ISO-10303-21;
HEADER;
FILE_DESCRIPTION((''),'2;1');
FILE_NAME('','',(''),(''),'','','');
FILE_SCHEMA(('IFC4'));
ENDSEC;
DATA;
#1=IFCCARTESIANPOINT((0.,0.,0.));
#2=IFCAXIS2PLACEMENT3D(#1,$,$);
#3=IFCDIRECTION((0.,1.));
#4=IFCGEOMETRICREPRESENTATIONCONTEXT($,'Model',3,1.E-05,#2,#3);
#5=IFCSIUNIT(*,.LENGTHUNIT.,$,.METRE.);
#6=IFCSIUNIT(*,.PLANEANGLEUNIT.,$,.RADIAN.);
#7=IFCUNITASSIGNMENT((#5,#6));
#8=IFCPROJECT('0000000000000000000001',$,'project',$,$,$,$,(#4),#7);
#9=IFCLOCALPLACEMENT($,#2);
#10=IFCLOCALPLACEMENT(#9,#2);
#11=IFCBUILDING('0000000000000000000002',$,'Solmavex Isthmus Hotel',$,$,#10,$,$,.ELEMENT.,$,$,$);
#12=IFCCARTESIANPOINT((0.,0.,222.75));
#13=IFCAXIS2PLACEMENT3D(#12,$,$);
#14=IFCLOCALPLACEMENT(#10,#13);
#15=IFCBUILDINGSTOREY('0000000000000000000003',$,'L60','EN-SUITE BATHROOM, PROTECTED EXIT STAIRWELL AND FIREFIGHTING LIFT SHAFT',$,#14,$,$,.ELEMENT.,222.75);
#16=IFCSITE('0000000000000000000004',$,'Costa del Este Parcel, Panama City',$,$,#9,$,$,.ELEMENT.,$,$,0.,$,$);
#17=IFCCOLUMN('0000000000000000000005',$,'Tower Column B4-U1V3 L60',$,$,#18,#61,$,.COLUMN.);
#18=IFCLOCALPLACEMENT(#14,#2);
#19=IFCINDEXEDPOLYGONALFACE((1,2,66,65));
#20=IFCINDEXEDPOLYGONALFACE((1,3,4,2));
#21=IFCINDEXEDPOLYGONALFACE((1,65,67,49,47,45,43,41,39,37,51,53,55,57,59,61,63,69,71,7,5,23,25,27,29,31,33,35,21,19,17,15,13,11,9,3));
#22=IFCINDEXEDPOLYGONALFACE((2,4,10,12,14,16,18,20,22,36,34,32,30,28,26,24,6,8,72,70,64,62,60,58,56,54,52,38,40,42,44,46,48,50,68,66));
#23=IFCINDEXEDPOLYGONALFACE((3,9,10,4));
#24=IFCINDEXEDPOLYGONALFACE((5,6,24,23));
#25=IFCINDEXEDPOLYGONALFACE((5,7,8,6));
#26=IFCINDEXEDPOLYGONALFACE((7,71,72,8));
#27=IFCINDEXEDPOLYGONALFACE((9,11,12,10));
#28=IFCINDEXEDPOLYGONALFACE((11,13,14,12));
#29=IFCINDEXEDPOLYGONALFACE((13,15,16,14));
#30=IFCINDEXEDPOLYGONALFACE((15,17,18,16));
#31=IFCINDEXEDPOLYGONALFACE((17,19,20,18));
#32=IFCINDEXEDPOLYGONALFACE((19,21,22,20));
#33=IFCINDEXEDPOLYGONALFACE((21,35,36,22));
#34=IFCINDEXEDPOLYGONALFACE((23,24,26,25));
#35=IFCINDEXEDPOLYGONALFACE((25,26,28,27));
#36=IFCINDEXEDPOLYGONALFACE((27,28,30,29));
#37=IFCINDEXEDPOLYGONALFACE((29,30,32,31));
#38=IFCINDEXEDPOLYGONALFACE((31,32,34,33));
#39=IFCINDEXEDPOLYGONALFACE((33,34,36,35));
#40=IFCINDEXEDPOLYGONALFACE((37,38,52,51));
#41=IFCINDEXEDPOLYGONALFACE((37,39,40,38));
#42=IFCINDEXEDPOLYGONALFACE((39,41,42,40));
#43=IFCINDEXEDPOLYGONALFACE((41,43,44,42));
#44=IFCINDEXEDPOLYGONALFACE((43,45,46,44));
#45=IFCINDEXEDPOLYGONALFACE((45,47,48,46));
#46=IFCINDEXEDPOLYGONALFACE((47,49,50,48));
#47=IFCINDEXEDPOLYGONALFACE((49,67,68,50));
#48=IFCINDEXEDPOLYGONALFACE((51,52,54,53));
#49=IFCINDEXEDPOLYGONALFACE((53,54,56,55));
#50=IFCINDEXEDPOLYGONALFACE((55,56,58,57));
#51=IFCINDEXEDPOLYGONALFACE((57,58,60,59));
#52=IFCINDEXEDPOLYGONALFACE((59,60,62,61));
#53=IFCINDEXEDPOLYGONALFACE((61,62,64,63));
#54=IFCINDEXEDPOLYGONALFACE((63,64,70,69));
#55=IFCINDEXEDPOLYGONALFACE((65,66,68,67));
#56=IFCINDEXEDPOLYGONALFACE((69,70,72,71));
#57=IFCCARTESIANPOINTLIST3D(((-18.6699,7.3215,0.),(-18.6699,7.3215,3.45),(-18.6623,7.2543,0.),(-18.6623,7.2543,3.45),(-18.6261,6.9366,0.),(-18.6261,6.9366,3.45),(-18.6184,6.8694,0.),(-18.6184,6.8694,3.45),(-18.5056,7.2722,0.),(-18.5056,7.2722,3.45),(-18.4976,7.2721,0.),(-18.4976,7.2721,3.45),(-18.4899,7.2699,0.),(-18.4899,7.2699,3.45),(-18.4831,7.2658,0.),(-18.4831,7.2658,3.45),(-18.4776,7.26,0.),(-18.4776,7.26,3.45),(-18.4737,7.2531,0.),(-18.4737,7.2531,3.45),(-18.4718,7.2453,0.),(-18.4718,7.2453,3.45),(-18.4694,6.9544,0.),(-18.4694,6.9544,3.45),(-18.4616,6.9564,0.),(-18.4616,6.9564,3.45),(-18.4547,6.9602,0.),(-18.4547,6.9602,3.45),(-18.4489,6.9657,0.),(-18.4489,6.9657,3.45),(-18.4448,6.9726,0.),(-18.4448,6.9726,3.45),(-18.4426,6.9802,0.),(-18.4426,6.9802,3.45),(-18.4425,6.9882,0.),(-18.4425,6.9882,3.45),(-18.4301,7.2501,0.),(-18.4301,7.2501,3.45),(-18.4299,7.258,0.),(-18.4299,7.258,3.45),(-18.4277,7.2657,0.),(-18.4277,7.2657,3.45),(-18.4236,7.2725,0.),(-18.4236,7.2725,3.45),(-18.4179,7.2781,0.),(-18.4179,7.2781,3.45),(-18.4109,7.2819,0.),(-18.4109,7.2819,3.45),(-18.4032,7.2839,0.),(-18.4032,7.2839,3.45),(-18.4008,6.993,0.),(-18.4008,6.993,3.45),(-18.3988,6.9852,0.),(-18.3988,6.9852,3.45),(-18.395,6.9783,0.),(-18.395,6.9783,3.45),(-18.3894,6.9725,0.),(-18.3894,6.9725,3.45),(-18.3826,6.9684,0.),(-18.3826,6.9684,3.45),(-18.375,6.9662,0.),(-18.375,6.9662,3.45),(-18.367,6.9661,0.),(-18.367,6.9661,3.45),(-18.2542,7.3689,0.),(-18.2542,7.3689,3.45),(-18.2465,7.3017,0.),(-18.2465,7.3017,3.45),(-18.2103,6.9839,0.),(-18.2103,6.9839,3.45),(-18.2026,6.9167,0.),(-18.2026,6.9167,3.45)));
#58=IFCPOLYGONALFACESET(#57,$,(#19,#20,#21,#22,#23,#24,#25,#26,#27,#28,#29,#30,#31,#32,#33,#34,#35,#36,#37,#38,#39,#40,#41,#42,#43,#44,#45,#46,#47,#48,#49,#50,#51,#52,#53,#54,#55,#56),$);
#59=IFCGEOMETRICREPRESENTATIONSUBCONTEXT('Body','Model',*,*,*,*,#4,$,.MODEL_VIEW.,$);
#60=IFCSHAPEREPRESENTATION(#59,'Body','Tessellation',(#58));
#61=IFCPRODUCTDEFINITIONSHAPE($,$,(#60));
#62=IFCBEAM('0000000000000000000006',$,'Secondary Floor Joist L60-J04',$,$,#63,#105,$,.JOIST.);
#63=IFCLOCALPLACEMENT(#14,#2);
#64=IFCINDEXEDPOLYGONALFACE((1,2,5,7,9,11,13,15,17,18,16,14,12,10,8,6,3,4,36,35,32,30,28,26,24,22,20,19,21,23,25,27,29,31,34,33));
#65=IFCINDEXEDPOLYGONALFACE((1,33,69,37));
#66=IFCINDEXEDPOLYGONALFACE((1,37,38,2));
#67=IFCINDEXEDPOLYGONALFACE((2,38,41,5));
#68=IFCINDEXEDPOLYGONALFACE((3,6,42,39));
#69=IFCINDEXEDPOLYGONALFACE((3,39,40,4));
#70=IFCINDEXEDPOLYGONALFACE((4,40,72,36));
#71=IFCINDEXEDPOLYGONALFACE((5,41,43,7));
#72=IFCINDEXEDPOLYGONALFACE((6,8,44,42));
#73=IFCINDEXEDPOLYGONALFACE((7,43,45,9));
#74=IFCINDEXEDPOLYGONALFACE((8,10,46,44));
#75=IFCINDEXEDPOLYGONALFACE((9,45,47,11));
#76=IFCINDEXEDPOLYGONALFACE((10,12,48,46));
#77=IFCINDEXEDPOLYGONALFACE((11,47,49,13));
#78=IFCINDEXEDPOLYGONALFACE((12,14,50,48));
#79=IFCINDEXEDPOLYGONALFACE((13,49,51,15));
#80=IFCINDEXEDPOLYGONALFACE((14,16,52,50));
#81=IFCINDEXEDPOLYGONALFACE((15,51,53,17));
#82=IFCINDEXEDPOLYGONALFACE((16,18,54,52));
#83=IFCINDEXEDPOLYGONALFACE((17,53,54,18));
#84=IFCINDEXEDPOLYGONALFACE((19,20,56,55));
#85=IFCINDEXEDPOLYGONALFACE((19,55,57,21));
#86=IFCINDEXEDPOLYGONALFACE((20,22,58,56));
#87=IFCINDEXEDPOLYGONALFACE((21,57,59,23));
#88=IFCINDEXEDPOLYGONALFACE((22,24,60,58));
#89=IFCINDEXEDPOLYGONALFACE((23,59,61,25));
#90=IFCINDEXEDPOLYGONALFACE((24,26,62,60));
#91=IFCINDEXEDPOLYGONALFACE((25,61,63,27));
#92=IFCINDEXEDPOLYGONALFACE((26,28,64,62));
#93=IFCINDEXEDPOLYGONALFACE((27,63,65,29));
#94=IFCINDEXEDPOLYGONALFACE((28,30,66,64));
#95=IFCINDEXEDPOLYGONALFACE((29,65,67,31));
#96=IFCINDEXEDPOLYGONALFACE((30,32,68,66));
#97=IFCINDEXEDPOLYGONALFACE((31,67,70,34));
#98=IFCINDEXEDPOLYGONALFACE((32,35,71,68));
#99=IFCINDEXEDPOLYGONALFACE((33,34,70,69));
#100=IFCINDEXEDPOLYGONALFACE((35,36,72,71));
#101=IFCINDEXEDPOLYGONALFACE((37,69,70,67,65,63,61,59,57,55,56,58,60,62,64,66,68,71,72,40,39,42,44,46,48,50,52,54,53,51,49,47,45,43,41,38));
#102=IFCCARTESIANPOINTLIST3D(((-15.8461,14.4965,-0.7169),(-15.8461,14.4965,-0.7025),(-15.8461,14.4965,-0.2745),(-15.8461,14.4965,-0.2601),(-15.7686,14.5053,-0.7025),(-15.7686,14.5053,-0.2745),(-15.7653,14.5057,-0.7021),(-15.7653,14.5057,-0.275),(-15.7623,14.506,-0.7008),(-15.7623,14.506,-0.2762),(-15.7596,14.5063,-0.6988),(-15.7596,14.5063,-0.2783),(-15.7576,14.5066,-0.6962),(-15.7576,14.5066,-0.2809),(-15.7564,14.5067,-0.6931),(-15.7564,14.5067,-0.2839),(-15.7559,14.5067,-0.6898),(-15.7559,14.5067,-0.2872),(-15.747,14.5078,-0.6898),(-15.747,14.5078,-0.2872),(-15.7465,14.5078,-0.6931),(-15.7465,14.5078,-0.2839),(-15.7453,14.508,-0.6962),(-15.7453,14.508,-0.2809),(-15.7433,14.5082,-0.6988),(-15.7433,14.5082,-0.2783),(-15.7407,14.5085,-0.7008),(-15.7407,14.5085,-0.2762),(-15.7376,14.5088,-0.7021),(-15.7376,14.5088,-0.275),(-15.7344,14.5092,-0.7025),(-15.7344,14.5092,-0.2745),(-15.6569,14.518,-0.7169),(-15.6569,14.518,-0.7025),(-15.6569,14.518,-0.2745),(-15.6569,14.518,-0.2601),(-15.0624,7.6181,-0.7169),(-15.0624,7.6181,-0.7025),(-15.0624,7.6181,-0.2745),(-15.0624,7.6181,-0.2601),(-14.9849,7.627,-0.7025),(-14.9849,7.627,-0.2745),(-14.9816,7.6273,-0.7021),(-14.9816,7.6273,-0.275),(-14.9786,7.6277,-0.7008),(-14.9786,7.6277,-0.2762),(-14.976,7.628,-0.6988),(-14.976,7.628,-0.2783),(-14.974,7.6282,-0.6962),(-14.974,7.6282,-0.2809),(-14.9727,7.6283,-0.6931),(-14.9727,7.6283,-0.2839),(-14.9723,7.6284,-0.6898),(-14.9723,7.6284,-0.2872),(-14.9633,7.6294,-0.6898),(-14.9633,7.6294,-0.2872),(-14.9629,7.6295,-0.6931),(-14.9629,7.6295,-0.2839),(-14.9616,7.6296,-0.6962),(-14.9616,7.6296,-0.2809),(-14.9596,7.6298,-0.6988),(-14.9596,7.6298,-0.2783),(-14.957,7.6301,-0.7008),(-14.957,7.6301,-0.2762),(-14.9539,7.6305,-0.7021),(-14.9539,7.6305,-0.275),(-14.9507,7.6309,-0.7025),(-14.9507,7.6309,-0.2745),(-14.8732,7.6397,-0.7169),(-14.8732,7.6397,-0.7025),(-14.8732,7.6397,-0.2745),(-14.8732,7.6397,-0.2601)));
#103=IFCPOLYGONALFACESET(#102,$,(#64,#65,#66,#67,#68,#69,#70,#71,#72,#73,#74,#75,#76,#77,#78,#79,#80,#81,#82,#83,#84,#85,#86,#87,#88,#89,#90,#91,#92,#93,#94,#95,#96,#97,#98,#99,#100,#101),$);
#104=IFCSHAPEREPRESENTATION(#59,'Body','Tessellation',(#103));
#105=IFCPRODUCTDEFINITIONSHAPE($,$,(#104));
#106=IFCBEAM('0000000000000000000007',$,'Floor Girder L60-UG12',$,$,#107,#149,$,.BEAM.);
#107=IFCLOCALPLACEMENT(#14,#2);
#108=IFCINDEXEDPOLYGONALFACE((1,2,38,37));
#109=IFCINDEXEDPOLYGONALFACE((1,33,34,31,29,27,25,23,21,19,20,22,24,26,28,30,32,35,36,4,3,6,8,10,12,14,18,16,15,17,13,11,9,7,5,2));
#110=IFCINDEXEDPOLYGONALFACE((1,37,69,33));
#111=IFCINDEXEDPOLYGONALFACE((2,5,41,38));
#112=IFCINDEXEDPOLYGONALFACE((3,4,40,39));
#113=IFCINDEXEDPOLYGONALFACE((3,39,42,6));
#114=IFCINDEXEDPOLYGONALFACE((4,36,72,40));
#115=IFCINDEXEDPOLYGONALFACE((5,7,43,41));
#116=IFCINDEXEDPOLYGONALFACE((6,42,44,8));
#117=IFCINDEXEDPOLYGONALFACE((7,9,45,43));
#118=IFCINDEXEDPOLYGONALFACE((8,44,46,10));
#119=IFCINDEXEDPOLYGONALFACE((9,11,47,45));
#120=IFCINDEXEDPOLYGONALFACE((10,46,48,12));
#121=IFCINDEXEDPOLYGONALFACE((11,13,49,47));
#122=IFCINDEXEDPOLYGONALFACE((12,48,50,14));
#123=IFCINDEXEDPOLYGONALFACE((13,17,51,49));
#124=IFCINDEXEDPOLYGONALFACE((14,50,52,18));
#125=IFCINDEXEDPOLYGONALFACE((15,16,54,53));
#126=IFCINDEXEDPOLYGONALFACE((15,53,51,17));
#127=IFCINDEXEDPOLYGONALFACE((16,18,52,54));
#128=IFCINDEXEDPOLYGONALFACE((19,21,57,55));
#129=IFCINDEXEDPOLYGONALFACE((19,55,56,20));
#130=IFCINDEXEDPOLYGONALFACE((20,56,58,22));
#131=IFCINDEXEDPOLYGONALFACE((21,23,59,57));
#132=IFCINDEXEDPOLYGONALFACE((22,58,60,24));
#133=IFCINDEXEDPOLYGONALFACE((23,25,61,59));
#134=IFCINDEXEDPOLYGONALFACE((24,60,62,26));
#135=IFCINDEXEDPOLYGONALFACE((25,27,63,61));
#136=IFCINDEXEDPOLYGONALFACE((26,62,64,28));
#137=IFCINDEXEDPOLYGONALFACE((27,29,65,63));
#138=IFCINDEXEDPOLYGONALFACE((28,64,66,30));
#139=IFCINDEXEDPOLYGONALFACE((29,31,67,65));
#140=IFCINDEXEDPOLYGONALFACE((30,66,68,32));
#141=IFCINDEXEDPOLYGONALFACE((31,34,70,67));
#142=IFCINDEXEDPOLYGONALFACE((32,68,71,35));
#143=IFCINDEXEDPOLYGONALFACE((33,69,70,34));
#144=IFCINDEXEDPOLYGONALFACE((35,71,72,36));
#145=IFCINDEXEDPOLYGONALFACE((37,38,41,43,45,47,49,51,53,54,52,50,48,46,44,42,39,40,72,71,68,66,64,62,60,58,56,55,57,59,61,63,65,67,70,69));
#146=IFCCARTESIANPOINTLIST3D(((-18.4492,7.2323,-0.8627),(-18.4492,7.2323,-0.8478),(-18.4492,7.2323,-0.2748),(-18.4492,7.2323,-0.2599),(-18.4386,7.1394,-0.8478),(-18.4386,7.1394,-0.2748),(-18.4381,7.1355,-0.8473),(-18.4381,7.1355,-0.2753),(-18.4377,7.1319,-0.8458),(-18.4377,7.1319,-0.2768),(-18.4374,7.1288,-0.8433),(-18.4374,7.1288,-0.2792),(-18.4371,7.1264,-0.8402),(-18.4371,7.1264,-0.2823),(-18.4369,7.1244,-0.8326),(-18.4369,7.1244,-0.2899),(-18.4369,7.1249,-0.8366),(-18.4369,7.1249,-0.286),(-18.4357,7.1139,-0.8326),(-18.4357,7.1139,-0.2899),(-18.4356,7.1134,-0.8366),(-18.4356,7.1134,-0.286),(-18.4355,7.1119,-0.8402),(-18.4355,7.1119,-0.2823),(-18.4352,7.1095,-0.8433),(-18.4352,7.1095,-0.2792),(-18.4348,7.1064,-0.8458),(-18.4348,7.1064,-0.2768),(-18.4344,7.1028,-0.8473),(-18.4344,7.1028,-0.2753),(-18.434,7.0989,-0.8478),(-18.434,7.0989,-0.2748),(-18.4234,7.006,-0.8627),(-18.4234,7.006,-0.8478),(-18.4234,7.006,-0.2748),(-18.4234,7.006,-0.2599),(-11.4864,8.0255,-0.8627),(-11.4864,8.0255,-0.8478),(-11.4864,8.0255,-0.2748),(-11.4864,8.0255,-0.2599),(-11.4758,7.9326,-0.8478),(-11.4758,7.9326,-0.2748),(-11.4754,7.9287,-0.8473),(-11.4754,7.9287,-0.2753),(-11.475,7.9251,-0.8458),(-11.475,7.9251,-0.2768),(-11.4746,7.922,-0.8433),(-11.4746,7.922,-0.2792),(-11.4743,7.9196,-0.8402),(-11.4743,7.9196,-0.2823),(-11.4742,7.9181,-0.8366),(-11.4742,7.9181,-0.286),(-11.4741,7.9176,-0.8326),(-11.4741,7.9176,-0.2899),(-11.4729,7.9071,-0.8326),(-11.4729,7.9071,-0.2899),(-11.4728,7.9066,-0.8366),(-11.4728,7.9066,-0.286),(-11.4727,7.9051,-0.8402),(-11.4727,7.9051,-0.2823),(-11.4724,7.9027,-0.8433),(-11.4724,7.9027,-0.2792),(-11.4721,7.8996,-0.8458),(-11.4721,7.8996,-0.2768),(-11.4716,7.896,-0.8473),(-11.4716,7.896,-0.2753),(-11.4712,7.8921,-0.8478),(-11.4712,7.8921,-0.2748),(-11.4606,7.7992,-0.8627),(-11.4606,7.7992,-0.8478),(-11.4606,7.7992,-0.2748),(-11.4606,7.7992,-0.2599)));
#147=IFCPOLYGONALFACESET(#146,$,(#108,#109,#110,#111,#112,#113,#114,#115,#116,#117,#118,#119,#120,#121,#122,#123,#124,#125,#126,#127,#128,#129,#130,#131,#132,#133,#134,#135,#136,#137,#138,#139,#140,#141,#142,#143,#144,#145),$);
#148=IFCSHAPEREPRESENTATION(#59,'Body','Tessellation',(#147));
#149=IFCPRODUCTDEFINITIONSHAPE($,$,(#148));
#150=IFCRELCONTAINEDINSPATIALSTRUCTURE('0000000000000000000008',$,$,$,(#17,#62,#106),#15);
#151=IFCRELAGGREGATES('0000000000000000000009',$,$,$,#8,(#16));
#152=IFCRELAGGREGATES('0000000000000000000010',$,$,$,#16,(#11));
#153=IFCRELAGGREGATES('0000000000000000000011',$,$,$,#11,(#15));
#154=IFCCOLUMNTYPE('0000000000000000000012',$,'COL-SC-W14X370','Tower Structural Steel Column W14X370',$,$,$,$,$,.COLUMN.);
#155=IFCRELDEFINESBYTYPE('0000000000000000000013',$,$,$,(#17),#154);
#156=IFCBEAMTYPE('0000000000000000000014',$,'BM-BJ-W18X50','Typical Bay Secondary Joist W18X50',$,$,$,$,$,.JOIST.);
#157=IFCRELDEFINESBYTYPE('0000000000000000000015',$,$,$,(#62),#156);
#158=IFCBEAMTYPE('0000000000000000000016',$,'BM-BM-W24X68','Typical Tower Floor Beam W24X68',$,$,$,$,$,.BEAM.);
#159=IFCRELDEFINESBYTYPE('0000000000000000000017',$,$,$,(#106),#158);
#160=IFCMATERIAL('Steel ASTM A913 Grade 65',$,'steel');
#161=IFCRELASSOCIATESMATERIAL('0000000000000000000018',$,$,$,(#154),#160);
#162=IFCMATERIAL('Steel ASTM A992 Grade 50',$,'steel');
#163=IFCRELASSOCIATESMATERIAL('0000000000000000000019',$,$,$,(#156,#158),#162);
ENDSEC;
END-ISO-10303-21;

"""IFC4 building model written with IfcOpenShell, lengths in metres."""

from ifc_helpers import new_model, si_unit, direction, frame, origin, origin_2d, place, context, subcontext, project, spatial, i_section, extrude, material, material_profile, profile_set, type_object, element, save


model = new_model("IFC4")

# Units and contexts
model_context = context("Model", 3, precision=1e-05, world=origin(), true_north=direction((0.0, 1.0)))
body_context = subcontext(model_context, "Body", "Model", "MODEL_VIEW")
ifc_project = project(units=[si_unit("LENGTHUNIT", "METRE"), si_unit("PLANEANGLEUNIT", "RADIAN")], contexts=[model_context])

# Site, building, storey
site_placement = place(None, origin())
site = spatial("IfcSite", under=ifc_project, at=site_placement, Name="Costa del Este Parcel, Panama City", CompositionType="ELEMENT", RefElevation=0.0)
building_placement = place(site_placement, origin())
building = spatial("IfcBuilding", under=site, at=building_placement, Name="Solmavex Isthmus Hotel", CompositionType="ELEMENT")
storey_placement = place(building_placement, frame((0.0, 0.0, 222.75)))
storey = spatial("IfcBuildingStorey", under=building, at=storey_placement, Name="L60", Description="EN-SUITE BATHROOM, PROTECTED EXIT STAIRWELL AND FIREFIGHTING LIFT SHAFT", CompositionType="ELEMENT", Elevation=222.75)

# Column
ifc_material_1 = material(Name="Steel ASTM A913 Grade 65", Category="steel")
ifc_material_profile_1 = material_profile(ifc_material_1, i_section(OverallWidth=0.4185, OverallDepth=0.4551, WebThickness=0.042, FlangeThickness=0.0676, FilletRadius=0.0305, at=origin_2d()), Name="W14X370")
ifc_profile_set_1 = profile_set([ifc_material_profile_1], Name="Steel ASTM A913 Grade 65")
column_type = type_object("IfcColumnType", Name="COL-SC-W14X370", Description="Tower Structural Steel Column W14X370", PredefinedType="COLUMN", material=ifc_profile_set_1)
column_placement = place(storey_placement, frame((-18.4363, 7.1191, 0.0), z_axis=(0.0, 0.0, 1.0), x_axis=(0.993572, 0.113203, 0.0)))
element("IfcColumn", 1, at=column_placement, inside=storey, type_object=column_type, Name="Tower Column B4-U1V3 L60", PredefinedType="COLUMN", context=body_context, shape_type="SweptSolid", body=[
    extrude(i_section(OverallWidth=0.4185, OverallDepth=0.4551, WebThickness=0.042, FlangeThickness=0.0676, FilletRadius=0.0305, at=origin_2d()), origin(), (0.0, 0.0, 1.0), 3.45),
])

# Beams
ifc_material_2 = material(Name="Steel ASTM A992 Grade 50", Category="steel")
ifc_material_profile_2 = material_profile(ifc_material_2, i_section(OverallWidth=0.1904, OverallDepth=0.4568, WebThickness=0.009, FlangeThickness=0.0144, FilletRadius=0.0127, at=origin_2d()), Name="W18X50")
ifc_profile_set_2 = profile_set([ifc_material_profile_2], Name="Steel ASTM A992 Grade 50")
beam_type_1 = type_object("IfcBeamType", Name="BM-BJ-W18X50", Description="Typical Bay Secondary Joist W18X50", PredefinedType="JOIST", material=ifc_profile_set_2)
beam_1_placement = place(storey_placement, frame((-14.9678, 7.6289, -0.4885), z_axis=(-0.113202, 0.993572, 0.0), x_axis=(-0.993572, -0.113202, 0.0)))
element("IfcBeam", 2, at=beam_1_placement, inside=storey, type_object=beam_type_1, Name="Secondary Floor Joist L60-J04", PredefinedType="JOIST", context=body_context, shape_type="SweptSolid", body=[
    extrude(i_section(OverallWidth=0.1904, OverallDepth=0.4568, WebThickness=0.009, FlangeThickness=0.0144, FilletRadius=0.0127, at=origin_2d()), origin(), (0.0, 0.0, 1.0), 6.9229),
])
ifc_material_profile_3 = material_profile(ifc_material_2, i_section(OverallWidth=0.2278, OverallDepth=0.6028, WebThickness=0.0105, FlangeThickness=0.0149, FilletRadius=0.0151, at=origin_2d()), Name="W24X68")
ifc_profile_set_3 = profile_set([ifc_material_profile_3], Name="Steel ASTM A992 Grade 50")
beam_type_2 = type_object("IfcBeamType", Name="BM-BM-W24X68", Description="Typical Tower Floor Beam W24X68", PredefinedType="BEAM", material=ifc_profile_set_3)
beam_2_placement = place(storey_placement, frame((-18.4363, 7.1191, -0.5613), z_axis=(0.993574, 0.113188, 0.0), x_axis=(-0.113188, 0.993574, 0.0)))
element("IfcBeam", 3, at=beam_2_placement, inside=storey, type_object=beam_type_2, Name="Floor Girder L60-UG12", PredefinedType="BEAM", context=body_context, shape_type="SweptSolid", body=[
    extrude(i_section(OverallWidth=0.2278, OverallDepth=0.6028, WebThickness=0.0105, FlangeThickness=0.0149, FilletRadius=0.0151, at=origin_2d()), origin(), (0.0, 0.0, 1.0), 7.0078),
])

save(model, "model.ifc")
